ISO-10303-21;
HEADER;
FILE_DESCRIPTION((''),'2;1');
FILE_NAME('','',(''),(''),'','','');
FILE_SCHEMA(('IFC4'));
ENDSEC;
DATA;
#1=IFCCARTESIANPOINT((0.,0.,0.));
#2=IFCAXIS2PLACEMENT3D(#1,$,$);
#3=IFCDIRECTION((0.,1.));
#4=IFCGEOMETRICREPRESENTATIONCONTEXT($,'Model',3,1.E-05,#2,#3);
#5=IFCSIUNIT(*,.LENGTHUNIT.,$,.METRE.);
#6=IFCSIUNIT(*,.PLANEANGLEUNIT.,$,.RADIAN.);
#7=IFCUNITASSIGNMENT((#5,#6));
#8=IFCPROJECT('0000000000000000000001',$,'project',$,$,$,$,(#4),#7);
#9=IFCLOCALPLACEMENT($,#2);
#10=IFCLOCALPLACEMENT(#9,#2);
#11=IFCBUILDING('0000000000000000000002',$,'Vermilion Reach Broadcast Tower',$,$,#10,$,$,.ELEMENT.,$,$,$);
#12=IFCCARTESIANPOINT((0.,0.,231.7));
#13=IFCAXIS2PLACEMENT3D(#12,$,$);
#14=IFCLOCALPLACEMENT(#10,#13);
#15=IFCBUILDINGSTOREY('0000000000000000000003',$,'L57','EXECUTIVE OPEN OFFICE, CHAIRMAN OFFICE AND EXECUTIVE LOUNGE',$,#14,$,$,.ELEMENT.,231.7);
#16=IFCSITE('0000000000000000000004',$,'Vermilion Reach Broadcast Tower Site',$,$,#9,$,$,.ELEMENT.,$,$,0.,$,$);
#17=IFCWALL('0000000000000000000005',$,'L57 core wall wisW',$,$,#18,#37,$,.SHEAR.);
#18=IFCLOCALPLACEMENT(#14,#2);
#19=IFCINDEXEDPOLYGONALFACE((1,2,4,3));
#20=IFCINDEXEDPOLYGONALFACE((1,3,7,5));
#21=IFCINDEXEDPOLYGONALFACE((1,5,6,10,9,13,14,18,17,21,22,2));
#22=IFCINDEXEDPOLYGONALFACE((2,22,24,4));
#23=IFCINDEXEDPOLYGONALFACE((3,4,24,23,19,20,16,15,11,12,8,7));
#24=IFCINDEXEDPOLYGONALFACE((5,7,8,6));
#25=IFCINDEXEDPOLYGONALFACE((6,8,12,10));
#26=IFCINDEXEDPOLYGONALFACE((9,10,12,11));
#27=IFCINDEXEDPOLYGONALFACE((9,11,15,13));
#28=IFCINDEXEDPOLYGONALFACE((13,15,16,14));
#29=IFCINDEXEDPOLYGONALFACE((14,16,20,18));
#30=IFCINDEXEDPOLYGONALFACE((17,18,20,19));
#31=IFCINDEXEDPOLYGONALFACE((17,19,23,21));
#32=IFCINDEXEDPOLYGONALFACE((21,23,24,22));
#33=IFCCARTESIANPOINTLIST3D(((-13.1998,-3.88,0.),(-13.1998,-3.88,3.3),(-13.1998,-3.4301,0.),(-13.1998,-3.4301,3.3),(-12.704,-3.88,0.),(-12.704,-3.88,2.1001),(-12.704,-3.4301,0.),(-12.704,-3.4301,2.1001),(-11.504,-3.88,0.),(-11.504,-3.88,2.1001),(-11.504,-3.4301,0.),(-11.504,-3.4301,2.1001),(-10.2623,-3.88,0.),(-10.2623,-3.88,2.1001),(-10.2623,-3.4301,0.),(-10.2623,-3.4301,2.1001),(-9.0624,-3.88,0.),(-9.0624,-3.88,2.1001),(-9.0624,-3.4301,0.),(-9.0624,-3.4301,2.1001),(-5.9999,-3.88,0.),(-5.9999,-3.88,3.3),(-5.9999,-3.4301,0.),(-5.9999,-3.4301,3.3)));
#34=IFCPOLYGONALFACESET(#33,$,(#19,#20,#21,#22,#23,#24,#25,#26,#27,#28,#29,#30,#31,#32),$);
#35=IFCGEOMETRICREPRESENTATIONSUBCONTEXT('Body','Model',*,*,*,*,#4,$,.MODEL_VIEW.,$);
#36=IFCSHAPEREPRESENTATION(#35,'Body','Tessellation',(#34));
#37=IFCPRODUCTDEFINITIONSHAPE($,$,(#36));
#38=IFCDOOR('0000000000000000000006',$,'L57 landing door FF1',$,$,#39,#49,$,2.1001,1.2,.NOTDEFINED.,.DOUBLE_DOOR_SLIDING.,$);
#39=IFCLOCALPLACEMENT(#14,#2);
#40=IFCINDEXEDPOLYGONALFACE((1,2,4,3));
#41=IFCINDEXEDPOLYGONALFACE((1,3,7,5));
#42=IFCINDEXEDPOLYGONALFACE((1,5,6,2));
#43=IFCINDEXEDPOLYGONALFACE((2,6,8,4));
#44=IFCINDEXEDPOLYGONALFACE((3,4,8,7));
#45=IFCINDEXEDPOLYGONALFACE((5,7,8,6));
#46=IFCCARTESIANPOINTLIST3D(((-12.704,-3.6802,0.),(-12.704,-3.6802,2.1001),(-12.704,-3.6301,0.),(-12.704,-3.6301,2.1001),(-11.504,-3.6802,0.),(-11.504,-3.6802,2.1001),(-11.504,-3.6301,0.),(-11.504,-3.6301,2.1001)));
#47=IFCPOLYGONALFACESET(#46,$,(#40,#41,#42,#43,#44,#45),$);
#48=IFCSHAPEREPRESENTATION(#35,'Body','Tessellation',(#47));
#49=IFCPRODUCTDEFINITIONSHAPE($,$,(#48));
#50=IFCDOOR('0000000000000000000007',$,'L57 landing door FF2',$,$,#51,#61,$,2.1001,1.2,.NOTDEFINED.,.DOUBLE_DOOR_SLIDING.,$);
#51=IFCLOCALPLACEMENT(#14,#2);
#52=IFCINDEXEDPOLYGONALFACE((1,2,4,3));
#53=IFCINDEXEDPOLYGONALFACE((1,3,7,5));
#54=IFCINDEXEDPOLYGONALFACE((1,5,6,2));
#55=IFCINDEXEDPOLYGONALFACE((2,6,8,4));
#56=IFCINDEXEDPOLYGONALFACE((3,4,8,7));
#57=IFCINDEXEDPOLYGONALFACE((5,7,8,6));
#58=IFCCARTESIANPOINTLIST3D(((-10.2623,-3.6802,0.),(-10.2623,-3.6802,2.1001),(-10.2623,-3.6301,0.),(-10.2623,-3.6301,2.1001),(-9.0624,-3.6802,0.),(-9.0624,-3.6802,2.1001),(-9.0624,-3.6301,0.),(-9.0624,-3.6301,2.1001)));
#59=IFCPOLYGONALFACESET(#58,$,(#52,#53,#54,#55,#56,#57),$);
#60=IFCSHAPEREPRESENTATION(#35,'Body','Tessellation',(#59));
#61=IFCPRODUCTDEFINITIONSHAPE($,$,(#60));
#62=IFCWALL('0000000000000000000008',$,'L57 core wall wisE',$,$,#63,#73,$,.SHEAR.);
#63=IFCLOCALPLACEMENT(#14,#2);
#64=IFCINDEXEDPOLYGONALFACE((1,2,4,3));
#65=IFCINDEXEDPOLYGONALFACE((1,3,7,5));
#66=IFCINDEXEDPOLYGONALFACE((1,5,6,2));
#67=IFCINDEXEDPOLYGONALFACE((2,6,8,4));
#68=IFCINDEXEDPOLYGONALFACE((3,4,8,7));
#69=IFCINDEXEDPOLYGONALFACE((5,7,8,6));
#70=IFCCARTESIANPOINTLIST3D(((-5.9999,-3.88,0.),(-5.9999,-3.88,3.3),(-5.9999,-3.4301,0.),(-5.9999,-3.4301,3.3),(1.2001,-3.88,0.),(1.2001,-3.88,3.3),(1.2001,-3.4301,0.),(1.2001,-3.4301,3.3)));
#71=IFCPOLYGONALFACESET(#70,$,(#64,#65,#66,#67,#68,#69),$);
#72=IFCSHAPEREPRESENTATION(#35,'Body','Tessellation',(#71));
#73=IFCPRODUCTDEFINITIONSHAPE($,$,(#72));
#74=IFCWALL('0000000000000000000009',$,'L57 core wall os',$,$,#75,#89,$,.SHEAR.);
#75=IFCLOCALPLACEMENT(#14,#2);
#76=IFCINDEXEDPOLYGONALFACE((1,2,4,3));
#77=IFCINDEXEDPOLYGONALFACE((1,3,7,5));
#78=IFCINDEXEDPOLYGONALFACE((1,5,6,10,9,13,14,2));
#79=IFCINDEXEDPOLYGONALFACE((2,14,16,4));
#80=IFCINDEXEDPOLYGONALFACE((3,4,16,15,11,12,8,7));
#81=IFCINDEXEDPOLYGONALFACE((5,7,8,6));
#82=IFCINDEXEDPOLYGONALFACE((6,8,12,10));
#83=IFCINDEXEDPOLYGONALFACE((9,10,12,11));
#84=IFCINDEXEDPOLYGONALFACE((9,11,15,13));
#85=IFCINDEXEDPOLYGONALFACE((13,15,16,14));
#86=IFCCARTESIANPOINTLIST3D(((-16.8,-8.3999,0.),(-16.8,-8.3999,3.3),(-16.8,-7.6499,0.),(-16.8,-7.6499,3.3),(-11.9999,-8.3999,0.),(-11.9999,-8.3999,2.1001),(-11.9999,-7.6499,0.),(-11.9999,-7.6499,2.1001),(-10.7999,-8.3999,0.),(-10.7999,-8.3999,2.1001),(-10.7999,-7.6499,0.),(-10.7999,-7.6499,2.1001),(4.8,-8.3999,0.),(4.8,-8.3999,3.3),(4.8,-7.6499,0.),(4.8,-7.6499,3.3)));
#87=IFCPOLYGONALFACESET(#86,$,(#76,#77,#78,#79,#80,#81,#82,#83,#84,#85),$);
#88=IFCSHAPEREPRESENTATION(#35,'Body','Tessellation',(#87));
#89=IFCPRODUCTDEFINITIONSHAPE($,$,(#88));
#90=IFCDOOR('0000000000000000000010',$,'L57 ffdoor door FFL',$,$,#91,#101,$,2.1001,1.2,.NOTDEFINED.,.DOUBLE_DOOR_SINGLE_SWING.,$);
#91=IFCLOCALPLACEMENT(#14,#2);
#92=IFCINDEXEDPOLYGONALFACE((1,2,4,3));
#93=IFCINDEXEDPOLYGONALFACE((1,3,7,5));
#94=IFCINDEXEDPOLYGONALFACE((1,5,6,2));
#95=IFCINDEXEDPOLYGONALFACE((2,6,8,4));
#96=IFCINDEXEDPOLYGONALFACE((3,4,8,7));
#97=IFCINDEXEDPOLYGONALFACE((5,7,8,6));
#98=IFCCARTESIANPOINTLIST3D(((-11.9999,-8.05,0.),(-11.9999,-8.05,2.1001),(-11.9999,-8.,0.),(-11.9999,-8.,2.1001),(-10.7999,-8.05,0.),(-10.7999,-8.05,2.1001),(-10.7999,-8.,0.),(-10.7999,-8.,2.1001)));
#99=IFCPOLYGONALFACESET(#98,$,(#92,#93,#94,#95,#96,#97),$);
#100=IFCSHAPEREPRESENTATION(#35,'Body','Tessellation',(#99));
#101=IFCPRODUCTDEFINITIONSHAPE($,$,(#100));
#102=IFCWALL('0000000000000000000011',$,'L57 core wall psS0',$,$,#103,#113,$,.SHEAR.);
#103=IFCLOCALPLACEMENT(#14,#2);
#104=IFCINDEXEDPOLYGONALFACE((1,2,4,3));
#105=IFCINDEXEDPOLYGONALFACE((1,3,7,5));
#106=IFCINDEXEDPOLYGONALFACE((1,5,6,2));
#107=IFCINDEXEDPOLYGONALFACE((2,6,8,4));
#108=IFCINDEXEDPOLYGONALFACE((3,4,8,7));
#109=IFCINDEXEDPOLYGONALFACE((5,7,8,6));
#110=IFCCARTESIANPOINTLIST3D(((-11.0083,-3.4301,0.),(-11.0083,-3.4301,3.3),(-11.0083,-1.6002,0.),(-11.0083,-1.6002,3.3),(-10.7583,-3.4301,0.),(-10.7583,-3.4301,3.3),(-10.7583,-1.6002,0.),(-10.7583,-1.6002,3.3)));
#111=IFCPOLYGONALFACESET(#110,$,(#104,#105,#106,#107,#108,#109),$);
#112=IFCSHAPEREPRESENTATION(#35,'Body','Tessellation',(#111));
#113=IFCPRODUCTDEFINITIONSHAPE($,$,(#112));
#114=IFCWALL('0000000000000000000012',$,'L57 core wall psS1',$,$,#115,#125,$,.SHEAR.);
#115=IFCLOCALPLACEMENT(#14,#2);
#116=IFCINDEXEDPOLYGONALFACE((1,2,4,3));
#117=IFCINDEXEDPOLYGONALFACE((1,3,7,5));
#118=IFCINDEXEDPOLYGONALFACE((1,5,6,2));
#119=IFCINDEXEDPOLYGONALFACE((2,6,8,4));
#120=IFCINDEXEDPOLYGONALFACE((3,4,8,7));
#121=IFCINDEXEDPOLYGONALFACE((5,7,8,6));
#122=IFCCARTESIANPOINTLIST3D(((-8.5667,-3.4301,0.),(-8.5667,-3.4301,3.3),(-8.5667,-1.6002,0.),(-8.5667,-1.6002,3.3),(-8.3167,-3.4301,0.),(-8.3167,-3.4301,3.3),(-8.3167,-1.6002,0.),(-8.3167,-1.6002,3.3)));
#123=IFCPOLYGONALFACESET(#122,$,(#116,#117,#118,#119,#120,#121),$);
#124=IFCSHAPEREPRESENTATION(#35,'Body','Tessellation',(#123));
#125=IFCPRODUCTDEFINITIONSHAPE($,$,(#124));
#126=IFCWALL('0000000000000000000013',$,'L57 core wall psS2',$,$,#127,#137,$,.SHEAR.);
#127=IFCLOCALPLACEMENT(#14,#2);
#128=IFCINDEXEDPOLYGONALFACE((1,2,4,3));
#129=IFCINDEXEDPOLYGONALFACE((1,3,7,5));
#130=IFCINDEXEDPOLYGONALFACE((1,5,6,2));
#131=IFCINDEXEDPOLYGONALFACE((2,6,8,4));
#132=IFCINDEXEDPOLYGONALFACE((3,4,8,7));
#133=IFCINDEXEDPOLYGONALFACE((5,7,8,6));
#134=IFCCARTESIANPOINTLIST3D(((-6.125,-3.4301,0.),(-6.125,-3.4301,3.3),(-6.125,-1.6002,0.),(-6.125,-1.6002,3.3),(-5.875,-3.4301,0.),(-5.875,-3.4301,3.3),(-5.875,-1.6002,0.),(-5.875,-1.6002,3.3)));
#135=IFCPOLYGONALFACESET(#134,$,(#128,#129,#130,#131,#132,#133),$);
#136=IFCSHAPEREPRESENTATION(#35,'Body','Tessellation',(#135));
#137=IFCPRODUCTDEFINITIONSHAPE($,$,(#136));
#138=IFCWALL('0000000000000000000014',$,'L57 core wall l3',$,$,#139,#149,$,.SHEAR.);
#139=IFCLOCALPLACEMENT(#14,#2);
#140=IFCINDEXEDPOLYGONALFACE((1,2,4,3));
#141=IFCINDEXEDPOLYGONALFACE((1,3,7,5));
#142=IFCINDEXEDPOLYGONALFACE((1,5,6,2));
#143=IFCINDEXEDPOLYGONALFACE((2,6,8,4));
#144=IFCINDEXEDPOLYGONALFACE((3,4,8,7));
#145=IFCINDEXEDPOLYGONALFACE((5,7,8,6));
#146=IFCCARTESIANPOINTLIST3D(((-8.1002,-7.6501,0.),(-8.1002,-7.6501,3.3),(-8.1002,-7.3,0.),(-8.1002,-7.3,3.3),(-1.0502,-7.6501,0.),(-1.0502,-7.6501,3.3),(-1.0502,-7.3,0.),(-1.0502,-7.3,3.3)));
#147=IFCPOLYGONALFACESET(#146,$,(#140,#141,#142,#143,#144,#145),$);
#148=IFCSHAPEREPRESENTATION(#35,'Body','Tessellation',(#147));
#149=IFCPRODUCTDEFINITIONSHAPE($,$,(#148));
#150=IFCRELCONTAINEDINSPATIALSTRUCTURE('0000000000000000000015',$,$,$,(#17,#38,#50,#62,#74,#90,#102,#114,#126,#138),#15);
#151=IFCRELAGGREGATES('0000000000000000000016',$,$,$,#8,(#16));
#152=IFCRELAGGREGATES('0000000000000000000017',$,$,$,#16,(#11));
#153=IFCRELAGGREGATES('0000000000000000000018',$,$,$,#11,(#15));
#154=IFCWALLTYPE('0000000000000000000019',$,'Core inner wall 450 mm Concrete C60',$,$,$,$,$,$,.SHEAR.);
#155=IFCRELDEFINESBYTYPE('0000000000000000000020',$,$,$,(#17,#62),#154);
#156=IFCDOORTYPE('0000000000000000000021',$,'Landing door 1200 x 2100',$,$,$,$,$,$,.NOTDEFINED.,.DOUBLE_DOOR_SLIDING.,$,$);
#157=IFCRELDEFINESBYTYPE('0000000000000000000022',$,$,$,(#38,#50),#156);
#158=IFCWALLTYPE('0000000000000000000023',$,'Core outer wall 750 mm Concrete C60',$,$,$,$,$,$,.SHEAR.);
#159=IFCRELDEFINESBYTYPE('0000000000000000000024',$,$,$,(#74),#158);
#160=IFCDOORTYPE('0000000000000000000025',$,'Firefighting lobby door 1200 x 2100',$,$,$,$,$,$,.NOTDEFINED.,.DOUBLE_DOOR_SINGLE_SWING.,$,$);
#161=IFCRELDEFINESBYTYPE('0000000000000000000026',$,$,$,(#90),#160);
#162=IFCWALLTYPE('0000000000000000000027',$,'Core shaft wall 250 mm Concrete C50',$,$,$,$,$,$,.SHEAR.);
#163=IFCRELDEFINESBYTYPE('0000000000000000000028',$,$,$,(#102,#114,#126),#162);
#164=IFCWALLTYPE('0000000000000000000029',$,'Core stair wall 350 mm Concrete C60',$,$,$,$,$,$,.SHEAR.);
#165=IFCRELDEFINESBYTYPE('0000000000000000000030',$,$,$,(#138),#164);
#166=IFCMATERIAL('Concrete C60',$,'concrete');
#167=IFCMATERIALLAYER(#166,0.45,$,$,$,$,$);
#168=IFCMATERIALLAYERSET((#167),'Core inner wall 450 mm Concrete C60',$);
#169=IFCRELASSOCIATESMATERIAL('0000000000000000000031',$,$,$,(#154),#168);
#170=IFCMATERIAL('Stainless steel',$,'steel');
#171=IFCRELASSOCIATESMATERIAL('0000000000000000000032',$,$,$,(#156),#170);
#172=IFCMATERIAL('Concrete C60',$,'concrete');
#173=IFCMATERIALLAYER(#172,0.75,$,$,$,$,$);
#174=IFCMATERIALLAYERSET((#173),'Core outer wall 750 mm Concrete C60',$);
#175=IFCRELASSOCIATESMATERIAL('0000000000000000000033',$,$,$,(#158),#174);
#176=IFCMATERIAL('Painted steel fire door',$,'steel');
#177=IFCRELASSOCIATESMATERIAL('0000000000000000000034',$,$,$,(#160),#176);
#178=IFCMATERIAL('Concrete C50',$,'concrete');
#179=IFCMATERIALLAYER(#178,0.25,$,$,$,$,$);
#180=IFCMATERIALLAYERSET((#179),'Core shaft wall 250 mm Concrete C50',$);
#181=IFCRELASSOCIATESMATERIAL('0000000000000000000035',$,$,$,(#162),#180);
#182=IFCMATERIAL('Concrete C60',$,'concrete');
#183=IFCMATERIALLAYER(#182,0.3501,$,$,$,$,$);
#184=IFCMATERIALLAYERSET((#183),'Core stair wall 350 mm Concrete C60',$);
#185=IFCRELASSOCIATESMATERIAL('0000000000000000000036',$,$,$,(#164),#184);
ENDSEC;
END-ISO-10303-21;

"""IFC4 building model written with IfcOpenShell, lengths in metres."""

from ifc_helpers import new_model, si_unit, direction, frame, frame_2d, origin, place, context, subcontext, project, spatial, rectangle, extrude, material, layer, layer_set, type_object, element, fill, save


model = new_model("IFC4")

# Units and contexts
model_context = context("Model", 3, precision=1e-05, world=origin(), true_north=direction((0.0, 1.0)))
body_context = subcontext(model_context, "Body", "Model", "MODEL_VIEW")
ifc_project = project(units=[si_unit("LENGTHUNIT", "METRE"), si_unit("PLANEANGLEUNIT", "RADIAN")], contexts=[model_context])

# Site, building, storey
site_placement = place(None, origin())
site = spatial("IfcSite", under=ifc_project, at=site_placement, Name="Vermilion Reach Broadcast Tower Site", CompositionType="ELEMENT", RefElevation=0.0)
building_placement = place(site_placement, origin())
building = spatial("IfcBuilding", under=site, at=building_placement, Name="Vermilion Reach Broadcast Tower", CompositionType="ELEMENT")
storey_placement = place(building_placement, frame((0.0, 0.0, 231.7)))
storey = spatial("IfcBuildingStorey", under=building, at=storey_placement, Name="L57", Description="EXECUTIVE OPEN OFFICE, CHAIRMAN OFFICE AND EXECUTIVE LOUNGE", CompositionType="ELEMENT", Elevation=231.7)

# Wall, openings, doors
ifc_material_1 = material(Name="Concrete C60", Category="concrete")
ifc_layer_1 = layer(ifc_material_1, 0.45)
ifc_layer_set_1 = layer_set([ifc_layer_1], Name="Core inner wall 450 mm Concrete C60")
wall_type_1 = type_object("IfcWallType", Name="Core inner wall 450 mm Concrete C60", PredefinedType="SHEAR", material=ifc_layer_set_1)
wall_1_placement = place(storey_placement, frame((-13.2, -3.655, 0.0), z_axis=(0.0, 0.0, 1.0), x_axis=(1.0, 0.0, 0.0)))
wall_1 = element("IfcWall", 1, at=wall_1_placement, inside=storey, type_object=wall_type_1, Name="L57 core wall wisW", PredefinedType="SHEAR", context=body_context, shape_type="SweptSolid", body=[
    extrude(rectangle(XDim=7.2, YDim=0.45, at=frame_2d((3.6001, 0.0))), origin(), (0.0, 0.0, 1.0), 3.3),
])
opening_1_placement = place(wall_1_placement, frame((0.4958, 0.0, 0.0)))
opening_1 = element("IfcOpeningElement", 2, at=opening_1_placement, cuts=wall_1, PredefinedType="OPENING", context=body_context, shape_type="SweptSolid", body=[
    extrude(rectangle(XDim=1.2, YDim=2.1001, at=frame_2d((0.6001, 1.05))), frame((0.0, 0.2349, 0.0), z_axis=(0.0, -1.0, 0.0), x_axis=(1.0, 0.0, 0.0)), (0.0, 0.0, 1.0), 0.47),
])
opening_2_placement = place(wall_1_placement, frame((2.9375, 0.0, 0.0)))
opening_2 = element("IfcOpeningElement", 3, at=opening_2_placement, cuts=wall_1, PredefinedType="OPENING", context=body_context, shape_type="SweptSolid", body=[
    extrude(rectangle(XDim=1.2, YDim=2.1001, at=frame_2d((0.6001, 1.05))), frame((0.0, 0.2349, 0.0), z_axis=(0.0, -1.0, 0.0), x_axis=(1.0, 0.0, 0.0)), (0.0, 0.0, 1.0), 0.47),
])
ifc_material_2 = material(Name="Stainless steel", Category="steel")
door_type_1 = type_object("IfcDoorType", Name="Landing door 1200 x 2100", OperationType="DOUBLE_DOOR_SLIDING", PredefinedType="NOTDEFINED", material=ifc_material_2)
door_1_placement = place(opening_1_placement, origin())
door_1 = element("IfcDoor", 4, at=door_1_placement, inside=storey, type_object=door_type_1, Name="L57 landing door FF1", OperationType="DOUBLE_DOOR_SLIDING", OverallHeight=2.1001, OverallWidth=1.2, PredefinedType="NOTDEFINED", context=body_context, shape_type="SweptSolid", body=[
    extrude(rectangle(XDim=1.2, YDim=2.1001, at=frame_2d((0.6001, 1.05))), frame((0.0, 0.0249, 0.0), z_axis=(0.0, -1.0, 0.0), x_axis=(1.0, 0.0, 0.0)), (0.0, 0.0, 1.0), 0.05),
])
fill(opening_1, door_1)
door_2_placement = place(opening_2_placement, origin())
door_2 = element("IfcDoor", 5, at=door_2_placement, inside=storey, type_object=door_type_1, Name="L57 landing door FF2", OperationType="DOUBLE_DOOR_SLIDING", OverallHeight=2.1001, OverallWidth=1.2, PredefinedType="NOTDEFINED", context=body_context, shape_type="SweptSolid", body=[
    extrude(rectangle(XDim=1.2, YDim=2.1001, at=frame_2d((0.6001, 1.05))), frame((0.0, 0.0249, 0.0), z_axis=(0.0, -1.0, 0.0), x_axis=(1.0, 0.0, 0.0)), (0.0, 0.0, 1.0), 0.05),
])
fill(opening_2, door_2)

# Wall
wall_2_placement = place(storey_placement, frame((-6.0, -3.655, 0.0), z_axis=(0.0, 0.0, 1.0), x_axis=(1.0, 0.0, 0.0)))
element("IfcWall", 6, at=wall_2_placement, inside=storey, type_object=wall_type_1, Name="L57 core wall wisE", PredefinedType="SHEAR", context=body_context, shape_type="SweptSolid", body=[
    extrude(rectangle(XDim=7.2, YDim=0.45, at=frame_2d((3.6001, 0.0))), origin(), (0.0, 0.0, 1.0), 3.3),
])

# Wall, opening, door
ifc_material_3 = material(Name="Concrete C60", Category="concrete")
ifc_layer_2 = layer(ifc_material_3, 0.75)
ifc_layer_set_2 = layer_set([ifc_layer_2], Name="Core outer wall 750 mm Concrete C60")
wall_type_2 = type_object("IfcWallType", Name="Core outer wall 750 mm Concrete C60", PredefinedType="SHEAR", material=ifc_layer_set_2)
wall_3_placement = place(storey_placement, frame((-16.8, -8.0249, 0.0), z_axis=(0.0, 0.0, 1.0), x_axis=(1.0, 0.0, 0.0)))
wall_3 = element("IfcWall", 7, at=wall_3_placement, inside=storey, type_object=wall_type_2, Name="L57 core wall os", PredefinedType="SHEAR", context=body_context, shape_type="SweptSolid", body=[
    extrude(rectangle(XDim=21.6001, YDim=0.75, at=frame_2d((10.8, 0.0))), origin(), (0.0, 0.0, 1.0), 3.3),
])
opening_3_placement = place(wall_3_placement, frame((4.8, 0.0, 0.0)))
opening_3 = element("IfcOpeningElement", 8, at=opening_3_placement, cuts=wall_3, PredefinedType="OPENING", context=body_context, shape_type="SweptSolid", body=[
    extrude(rectangle(XDim=1.2, YDim=2.1001, at=frame_2d((0.6001, 1.05))), frame((0.0, 0.385, 0.0), z_axis=(0.0, -1.0, 0.0), x_axis=(1.0, 0.0, 0.0)), (0.0, 0.0, 1.0), 0.77),
])
ifc_material_4 = material(Name="Painted steel fire door", Category="steel")
door_type_2 = type_object("IfcDoorType", Name="Firefighting lobby door 1200 x 2100", OperationType="DOUBLE_DOOR_SINGLE_SWING", PredefinedType="NOTDEFINED", material=ifc_material_4)
door_3_placement = place(opening_3_placement, origin())
door_3 = element("IfcDoor", 9, at=door_3_placement, inside=storey, type_object=door_type_2, Name="L57 ffdoor door FFL", OperationType="DOUBLE_DOOR_SINGLE_SWING", OverallHeight=2.1001, OverallWidth=1.2, PredefinedType="NOTDEFINED", context=body_context, shape_type="SweptSolid", body=[
    extrude(rectangle(XDim=1.2, YDim=2.1001, at=frame_2d((0.6001, 1.05))), frame((0.0, 0.0249, 0.0), z_axis=(0.0, -1.0, 0.0), x_axis=(1.0, 0.0, 0.0)), (0.0, 0.0, 1.0), 0.05),
])
fill(opening_3, door_3)

# Walls
ifc_material_5 = material(Name="Concrete C50", Category="concrete")
ifc_layer_3 = layer(ifc_material_5, 0.25)
ifc_layer_set_3 = layer_set([ifc_layer_3], Name="Core shaft wall 250 mm Concrete C50")
wall_type_3 = type_object("IfcWallType", Name="Core shaft wall 250 mm Concrete C50", PredefinedType="SHEAR", material=ifc_layer_set_3)
for number, where, z_axis, x_axis, name in (
    (10, (-10.8833, -1.6001, 0.0), (0.0, 0.0, 1.0), (0.0, -1.0, 0.0), "L57 core wall psS0"),
    (11, (-8.4417, -1.6001, 0.0), (0.0, 0.0, 1.0), (0.0, -1.0, 0.0), "L57 core wall psS1"),
    (12, (-6.0, -1.6001, 0.0), (0.0, 0.0, 1.0), (0.0, -1.0, 0.0), "L57 core wall psS2"),
):
    element("IfcWall", number, at=place(storey_placement, frame(where, z_axis=z_axis, x_axis=x_axis)), inside=storey, type_object=wall_type_3, Name=name, PredefinedType="SHEAR", context=body_context, shape_type="SweptSolid", body=[
        extrude(rectangle(XDim=1.8298, YDim=0.25, at=frame_2d((0.915, 0.0))), origin(), (0.0, 0.0, 1.0), 3.3),
    ])
ifc_material_6 = material(Name="Concrete C60", Category="concrete")
ifc_layer_4 = layer(ifc_material_6, 0.3501)
ifc_layer_set_4 = layer_set([ifc_layer_4], Name="Core stair wall 350 mm Concrete C60")
wall_type_4 = type_object("IfcWallType", Name="Core stair wall 350 mm Concrete C60", PredefinedType="SHEAR", material=ifc_layer_set_4)
wall_4_placement = place(storey_placement, frame((-8.1001, -7.4751, 0.0), z_axis=(0.0, 0.0, 1.0), x_axis=(1.0, 0.0, 0.0)))
element("IfcWall", 13, at=wall_4_placement, inside=storey, type_object=wall_type_4, Name="L57 core wall l3", PredefinedType="SHEAR", context=body_context, shape_type="SweptSolid", body=[
    extrude(rectangle(XDim=7.05, YDim=0.3501, at=frame_2d((3.5249, 0.0))), origin(), (0.0, 0.0, 1.0), 3.3),
])

save(model, "model.ifc")
